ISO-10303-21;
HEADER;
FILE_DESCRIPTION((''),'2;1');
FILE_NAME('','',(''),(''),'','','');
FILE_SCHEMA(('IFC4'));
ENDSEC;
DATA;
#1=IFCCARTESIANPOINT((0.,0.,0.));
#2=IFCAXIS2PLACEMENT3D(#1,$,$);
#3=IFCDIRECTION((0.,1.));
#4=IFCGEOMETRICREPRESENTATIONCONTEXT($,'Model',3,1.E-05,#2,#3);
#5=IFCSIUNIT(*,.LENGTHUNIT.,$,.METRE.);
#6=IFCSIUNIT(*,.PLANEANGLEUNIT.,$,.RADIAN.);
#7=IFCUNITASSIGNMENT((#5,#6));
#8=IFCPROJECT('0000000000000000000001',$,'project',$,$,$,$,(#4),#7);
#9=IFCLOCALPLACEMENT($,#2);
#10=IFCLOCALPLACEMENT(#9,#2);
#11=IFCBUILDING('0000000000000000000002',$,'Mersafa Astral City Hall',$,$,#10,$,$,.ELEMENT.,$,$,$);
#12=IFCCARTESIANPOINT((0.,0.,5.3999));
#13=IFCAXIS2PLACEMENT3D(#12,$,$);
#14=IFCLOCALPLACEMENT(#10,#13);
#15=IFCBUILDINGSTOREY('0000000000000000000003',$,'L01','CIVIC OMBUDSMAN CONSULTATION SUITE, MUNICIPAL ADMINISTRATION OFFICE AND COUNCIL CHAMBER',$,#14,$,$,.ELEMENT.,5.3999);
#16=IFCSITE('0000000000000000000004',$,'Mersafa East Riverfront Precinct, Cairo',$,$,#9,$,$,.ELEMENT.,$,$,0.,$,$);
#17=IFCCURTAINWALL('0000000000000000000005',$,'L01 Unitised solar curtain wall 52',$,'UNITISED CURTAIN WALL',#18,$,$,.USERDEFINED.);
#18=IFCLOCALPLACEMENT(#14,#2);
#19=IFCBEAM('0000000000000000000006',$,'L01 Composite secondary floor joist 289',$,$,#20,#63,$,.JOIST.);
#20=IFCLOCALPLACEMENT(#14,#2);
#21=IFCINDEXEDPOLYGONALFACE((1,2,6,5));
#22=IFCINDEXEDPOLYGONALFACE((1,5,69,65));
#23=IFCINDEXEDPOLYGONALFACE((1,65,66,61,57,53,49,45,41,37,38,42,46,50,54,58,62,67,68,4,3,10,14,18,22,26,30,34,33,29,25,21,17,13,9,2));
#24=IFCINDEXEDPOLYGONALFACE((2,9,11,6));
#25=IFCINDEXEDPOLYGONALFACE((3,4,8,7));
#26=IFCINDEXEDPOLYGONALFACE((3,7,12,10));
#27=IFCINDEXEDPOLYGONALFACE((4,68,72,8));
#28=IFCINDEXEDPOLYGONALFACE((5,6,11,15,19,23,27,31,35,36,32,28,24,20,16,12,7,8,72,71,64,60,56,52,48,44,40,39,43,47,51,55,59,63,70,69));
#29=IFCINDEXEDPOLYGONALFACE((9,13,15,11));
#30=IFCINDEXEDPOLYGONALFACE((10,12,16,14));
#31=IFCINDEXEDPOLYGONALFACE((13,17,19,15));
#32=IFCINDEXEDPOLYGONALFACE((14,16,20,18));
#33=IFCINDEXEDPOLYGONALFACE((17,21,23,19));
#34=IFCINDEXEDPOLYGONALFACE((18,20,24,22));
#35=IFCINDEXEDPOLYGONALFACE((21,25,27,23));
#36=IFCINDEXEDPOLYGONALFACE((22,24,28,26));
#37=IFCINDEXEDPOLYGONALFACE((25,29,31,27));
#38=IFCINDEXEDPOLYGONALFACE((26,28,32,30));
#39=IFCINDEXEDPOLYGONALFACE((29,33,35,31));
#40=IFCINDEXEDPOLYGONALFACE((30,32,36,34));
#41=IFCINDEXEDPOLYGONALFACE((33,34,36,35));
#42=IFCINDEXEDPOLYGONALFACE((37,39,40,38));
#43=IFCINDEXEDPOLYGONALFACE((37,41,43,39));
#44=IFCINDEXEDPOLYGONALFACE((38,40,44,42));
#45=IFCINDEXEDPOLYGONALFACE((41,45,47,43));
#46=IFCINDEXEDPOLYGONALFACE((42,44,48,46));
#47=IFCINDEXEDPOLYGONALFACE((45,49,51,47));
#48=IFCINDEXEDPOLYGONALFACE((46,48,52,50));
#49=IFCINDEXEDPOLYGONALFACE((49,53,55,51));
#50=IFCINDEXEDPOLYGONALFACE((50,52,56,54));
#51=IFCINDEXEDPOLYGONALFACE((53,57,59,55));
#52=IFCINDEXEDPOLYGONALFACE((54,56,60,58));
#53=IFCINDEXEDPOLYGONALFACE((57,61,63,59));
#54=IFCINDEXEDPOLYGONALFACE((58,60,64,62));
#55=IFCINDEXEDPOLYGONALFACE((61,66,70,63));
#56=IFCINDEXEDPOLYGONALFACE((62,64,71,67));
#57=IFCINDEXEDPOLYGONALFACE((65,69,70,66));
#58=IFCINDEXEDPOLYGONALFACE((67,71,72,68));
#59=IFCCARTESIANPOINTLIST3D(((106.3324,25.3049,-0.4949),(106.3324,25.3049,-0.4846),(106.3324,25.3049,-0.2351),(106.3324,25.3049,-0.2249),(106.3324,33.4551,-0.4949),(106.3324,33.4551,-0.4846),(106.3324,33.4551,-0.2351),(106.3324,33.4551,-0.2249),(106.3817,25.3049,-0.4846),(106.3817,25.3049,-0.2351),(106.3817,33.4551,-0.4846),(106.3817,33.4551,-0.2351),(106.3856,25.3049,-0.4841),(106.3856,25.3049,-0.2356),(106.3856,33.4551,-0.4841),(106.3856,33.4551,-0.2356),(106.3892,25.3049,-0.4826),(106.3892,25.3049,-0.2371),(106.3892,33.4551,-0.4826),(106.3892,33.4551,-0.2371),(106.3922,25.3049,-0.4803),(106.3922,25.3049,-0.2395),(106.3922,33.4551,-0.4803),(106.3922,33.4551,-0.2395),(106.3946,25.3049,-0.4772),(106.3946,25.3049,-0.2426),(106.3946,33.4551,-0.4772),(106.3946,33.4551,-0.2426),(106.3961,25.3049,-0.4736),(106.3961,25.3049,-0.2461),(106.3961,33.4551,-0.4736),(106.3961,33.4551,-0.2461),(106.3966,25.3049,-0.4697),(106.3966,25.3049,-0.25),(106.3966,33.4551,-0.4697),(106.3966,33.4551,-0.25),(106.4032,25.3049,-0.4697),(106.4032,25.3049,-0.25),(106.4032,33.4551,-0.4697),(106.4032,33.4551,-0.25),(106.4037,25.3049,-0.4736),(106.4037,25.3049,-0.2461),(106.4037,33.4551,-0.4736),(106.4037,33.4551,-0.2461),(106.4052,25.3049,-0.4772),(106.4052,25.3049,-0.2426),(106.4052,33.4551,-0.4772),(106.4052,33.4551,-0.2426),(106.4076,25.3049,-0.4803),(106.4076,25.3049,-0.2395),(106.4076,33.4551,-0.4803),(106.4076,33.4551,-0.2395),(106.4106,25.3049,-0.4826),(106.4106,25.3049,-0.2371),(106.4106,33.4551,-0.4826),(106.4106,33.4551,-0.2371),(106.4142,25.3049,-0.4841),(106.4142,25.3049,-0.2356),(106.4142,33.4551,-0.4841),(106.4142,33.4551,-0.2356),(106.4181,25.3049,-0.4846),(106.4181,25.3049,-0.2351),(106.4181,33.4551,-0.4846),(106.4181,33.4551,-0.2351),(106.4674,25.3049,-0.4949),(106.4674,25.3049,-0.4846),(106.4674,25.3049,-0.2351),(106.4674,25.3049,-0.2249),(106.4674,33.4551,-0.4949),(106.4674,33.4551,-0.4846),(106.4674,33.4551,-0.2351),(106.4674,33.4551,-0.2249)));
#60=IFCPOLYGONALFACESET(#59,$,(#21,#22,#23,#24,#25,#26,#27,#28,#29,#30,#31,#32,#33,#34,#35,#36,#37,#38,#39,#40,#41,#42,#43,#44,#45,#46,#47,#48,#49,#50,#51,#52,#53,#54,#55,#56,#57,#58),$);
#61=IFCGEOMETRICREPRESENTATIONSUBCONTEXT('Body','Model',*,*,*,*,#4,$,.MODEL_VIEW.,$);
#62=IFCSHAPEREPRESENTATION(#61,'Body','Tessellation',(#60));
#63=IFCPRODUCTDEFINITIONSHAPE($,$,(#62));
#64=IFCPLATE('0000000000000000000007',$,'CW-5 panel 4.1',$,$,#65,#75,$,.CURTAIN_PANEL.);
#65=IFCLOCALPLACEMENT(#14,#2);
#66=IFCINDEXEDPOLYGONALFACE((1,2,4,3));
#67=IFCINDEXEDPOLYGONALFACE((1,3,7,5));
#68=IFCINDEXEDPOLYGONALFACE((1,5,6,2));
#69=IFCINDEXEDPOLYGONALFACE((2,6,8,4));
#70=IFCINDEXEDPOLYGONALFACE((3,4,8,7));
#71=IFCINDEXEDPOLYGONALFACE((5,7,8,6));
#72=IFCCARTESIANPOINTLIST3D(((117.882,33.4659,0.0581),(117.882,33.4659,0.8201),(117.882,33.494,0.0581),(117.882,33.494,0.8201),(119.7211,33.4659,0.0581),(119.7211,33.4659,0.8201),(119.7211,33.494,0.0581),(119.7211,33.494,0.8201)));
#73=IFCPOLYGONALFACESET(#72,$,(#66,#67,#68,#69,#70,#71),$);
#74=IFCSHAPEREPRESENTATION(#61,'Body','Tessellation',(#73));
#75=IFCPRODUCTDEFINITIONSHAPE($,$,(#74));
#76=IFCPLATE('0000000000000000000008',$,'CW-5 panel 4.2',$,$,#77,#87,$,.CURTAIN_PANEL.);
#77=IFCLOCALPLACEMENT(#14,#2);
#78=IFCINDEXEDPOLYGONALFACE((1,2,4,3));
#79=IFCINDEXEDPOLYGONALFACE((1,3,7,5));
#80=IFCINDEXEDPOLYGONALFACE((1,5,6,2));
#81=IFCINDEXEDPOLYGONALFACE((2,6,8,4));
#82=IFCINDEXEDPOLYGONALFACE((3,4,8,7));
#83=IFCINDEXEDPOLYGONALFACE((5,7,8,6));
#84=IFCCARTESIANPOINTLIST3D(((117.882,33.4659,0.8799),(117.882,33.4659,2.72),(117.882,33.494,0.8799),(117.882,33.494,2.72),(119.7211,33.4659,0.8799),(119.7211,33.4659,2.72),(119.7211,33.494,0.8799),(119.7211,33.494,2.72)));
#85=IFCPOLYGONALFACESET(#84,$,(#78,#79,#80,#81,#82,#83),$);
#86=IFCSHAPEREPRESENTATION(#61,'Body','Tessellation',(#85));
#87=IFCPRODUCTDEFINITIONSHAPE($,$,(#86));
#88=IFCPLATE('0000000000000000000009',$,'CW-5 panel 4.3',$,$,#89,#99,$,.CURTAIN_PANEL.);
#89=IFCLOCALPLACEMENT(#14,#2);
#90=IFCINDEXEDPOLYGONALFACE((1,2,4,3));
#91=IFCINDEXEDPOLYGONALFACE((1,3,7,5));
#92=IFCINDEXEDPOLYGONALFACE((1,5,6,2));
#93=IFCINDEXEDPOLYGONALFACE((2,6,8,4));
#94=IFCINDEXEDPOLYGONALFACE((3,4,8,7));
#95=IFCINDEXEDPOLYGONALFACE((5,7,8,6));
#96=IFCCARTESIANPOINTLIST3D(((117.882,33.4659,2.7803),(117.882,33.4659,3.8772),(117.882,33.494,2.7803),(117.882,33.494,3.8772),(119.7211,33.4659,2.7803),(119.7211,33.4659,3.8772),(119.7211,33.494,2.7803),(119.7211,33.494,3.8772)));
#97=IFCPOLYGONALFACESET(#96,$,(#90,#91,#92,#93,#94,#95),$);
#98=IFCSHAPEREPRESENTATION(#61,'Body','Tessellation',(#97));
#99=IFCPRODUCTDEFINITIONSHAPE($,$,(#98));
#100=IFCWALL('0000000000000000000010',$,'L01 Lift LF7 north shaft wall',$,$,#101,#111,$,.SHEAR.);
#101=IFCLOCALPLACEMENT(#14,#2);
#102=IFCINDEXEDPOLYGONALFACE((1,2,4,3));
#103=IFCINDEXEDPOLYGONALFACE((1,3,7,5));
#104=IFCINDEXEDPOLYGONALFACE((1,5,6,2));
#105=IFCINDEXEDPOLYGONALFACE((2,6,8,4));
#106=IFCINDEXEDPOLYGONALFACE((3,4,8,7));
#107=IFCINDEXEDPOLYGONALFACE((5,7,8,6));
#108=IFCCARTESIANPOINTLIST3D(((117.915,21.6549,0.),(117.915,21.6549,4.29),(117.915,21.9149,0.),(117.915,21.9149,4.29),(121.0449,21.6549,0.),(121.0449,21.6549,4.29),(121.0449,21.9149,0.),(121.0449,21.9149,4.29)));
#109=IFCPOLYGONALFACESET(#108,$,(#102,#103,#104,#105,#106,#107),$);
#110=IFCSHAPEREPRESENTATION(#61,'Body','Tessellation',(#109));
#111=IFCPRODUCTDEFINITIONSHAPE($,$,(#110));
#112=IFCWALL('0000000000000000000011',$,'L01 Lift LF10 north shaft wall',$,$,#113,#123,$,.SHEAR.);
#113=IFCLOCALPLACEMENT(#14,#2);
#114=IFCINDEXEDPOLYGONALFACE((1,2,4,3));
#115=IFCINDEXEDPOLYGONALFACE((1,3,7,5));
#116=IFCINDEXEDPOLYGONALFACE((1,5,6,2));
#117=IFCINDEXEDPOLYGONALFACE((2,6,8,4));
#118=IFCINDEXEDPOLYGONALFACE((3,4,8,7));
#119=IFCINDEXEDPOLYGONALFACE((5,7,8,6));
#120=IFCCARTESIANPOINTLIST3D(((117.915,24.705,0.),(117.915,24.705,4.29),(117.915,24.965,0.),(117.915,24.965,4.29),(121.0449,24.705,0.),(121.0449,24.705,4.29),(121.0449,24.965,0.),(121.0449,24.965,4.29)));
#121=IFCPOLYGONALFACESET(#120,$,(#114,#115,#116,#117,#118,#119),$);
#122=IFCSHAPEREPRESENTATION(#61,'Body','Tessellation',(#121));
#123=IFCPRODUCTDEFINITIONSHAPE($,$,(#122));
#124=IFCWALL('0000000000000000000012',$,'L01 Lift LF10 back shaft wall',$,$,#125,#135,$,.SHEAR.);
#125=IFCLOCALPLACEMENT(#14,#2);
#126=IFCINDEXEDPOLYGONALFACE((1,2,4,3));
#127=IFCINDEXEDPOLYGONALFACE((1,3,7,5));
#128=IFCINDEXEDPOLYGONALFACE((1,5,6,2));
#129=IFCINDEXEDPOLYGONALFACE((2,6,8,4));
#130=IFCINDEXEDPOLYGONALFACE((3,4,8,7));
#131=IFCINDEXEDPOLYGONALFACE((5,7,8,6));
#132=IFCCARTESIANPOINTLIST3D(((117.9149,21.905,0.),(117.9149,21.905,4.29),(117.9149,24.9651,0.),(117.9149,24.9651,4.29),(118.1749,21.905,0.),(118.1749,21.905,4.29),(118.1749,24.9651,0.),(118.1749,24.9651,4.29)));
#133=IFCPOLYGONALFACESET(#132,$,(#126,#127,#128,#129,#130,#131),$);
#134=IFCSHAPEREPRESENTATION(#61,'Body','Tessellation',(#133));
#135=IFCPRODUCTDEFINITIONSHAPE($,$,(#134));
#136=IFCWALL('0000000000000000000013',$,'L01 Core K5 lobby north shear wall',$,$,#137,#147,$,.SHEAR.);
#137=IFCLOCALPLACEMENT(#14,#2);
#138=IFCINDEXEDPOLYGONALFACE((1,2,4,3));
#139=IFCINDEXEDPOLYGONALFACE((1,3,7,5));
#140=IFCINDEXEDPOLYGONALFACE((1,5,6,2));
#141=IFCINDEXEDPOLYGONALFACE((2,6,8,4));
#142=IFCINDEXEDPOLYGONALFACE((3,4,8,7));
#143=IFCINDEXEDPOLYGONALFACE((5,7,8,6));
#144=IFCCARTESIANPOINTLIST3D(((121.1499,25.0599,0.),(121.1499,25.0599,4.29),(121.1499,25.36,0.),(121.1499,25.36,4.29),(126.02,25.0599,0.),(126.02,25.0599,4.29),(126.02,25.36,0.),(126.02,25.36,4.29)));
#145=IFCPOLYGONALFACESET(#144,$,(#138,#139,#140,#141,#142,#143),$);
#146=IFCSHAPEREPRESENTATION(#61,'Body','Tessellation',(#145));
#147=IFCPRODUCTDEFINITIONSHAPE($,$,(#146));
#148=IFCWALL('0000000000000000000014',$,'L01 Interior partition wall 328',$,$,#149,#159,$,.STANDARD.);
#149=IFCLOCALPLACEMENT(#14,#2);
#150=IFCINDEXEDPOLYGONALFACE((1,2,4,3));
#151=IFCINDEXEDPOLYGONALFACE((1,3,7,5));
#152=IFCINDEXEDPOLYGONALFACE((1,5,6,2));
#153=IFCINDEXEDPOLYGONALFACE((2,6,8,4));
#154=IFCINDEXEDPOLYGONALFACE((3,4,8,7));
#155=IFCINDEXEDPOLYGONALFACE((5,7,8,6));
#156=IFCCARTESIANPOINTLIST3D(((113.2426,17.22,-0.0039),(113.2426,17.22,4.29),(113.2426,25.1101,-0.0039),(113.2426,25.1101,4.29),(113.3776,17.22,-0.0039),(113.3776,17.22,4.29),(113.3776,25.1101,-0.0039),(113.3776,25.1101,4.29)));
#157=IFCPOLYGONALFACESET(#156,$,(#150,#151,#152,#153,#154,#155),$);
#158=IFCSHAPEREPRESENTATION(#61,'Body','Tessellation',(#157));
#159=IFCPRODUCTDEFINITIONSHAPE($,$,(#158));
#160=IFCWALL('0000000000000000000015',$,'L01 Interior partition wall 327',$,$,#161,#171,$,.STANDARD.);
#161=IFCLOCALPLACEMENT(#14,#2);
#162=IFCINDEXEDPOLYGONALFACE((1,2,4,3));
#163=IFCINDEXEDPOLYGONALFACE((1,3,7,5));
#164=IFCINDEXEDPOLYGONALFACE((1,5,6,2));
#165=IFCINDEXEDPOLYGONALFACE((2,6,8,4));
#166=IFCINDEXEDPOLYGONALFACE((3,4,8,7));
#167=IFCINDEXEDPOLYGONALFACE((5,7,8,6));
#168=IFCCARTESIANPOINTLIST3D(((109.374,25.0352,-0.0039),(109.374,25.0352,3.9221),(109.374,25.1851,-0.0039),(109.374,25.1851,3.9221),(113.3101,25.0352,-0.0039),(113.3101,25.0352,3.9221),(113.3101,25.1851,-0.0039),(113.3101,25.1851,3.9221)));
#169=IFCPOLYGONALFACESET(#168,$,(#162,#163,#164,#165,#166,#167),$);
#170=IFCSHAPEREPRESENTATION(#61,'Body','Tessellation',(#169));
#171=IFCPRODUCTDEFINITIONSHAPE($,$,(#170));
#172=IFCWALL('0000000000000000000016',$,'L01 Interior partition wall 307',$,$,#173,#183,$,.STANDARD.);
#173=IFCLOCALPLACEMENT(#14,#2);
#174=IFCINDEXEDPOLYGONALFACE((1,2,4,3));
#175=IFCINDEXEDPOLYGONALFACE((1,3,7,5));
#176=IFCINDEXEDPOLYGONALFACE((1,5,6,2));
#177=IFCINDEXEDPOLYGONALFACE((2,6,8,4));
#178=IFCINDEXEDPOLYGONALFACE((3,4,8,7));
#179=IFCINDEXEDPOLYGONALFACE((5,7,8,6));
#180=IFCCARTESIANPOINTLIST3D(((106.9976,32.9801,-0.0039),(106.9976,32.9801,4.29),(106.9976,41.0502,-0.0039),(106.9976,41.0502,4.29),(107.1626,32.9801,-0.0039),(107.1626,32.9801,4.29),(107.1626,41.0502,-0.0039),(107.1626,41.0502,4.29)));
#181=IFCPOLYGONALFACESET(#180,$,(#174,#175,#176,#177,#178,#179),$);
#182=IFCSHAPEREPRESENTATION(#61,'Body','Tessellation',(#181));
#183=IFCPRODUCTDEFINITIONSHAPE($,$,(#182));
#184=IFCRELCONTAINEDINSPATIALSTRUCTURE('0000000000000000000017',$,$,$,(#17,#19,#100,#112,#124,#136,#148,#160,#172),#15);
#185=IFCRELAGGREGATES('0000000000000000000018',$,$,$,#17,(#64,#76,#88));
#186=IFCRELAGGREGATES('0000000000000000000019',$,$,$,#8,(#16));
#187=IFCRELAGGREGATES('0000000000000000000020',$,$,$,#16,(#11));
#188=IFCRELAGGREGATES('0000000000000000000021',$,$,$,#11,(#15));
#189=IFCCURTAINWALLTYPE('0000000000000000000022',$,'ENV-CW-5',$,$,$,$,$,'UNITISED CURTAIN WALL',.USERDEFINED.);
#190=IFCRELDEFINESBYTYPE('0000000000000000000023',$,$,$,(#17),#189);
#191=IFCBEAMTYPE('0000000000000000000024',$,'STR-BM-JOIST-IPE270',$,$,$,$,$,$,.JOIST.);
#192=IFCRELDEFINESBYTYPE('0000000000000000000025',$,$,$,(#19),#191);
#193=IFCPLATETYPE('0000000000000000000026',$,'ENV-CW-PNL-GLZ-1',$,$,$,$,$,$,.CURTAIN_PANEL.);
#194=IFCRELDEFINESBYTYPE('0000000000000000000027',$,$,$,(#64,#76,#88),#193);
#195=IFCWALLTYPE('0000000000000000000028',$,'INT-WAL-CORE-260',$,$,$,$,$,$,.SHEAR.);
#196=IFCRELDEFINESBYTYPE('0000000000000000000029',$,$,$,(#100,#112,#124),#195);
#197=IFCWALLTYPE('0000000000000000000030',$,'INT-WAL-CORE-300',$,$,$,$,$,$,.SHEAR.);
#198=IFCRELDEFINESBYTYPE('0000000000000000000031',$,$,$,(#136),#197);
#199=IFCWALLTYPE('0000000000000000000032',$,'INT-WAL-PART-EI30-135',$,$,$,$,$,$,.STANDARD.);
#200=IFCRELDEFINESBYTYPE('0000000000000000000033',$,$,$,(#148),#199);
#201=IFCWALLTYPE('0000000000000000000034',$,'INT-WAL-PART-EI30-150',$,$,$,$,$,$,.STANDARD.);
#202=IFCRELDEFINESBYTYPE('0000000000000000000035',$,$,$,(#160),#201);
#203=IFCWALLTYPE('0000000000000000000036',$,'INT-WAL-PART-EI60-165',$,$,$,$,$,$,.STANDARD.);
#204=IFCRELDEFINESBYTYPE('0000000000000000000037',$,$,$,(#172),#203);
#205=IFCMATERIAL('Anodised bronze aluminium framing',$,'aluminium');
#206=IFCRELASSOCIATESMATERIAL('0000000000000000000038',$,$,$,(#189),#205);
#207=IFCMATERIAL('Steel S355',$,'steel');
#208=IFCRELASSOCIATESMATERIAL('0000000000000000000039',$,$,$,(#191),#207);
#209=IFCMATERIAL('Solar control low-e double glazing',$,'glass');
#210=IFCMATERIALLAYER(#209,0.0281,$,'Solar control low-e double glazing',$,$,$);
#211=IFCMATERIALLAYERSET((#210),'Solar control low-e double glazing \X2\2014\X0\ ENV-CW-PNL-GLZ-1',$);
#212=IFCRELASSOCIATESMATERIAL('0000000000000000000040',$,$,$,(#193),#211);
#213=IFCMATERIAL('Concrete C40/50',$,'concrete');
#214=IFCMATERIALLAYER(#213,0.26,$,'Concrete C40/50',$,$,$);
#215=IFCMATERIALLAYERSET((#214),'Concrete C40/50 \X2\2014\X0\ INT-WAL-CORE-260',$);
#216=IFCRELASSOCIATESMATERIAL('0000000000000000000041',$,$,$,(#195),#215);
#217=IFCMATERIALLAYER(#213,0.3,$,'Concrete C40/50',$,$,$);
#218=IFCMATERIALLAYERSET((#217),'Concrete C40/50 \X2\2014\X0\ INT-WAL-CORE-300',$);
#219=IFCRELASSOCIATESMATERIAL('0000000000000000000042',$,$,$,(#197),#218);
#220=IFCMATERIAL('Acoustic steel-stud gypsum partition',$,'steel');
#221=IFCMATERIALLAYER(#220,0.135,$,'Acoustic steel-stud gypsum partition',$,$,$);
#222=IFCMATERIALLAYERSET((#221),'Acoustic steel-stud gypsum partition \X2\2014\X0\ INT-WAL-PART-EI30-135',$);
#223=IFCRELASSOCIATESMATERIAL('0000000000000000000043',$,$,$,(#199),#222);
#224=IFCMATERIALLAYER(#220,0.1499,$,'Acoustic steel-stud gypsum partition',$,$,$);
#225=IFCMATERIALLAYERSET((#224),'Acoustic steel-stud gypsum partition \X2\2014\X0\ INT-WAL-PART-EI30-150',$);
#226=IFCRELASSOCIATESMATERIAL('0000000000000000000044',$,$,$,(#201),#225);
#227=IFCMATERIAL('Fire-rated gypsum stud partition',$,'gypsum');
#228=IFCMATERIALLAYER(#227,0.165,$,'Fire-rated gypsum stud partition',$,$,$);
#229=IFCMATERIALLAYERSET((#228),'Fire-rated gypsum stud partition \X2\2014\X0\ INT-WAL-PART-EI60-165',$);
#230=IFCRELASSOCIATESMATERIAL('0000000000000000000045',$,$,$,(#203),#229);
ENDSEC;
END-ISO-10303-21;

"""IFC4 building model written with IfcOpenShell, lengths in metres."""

from ifc_helpers import new_model, si_unit, direction, frame, frame_2d, origin, origin_2d, place, context, subcontext, project, spatial, rectangle, i_section, extrude, material, layer, layer_set, material_profile, profile_set, type_object, element, aggregate, save


model = new_model("IFC4")

# Units and contexts
model_context = context("Model", 3, precision=1e-05, world=origin(), true_north=direction((0.0, 1.0)))
body_context = subcontext(model_context, "Body", "Model", "MODEL_VIEW")
ifc_project = project(units=[si_unit("LENGTHUNIT", "METRE"), si_unit("PLANEANGLEUNIT", "RADIAN")], contexts=[model_context])

# Site, building, storey
site_placement = place(None, origin())
site = spatial("IfcSite", under=ifc_project, at=site_placement, Name="Mersafa East Riverfront Precinct, Cairo", CompositionType="ELEMENT", RefElevation=0.0)
building_placement = place(site_placement, origin())
building = spatial("IfcBuilding", under=site, at=building_placement, Name="Mersafa Astral City Hall", CompositionType="ELEMENT")
storey_placement = place(building_placement, frame((0.0, 0.0, 5.3999)))
storey = spatial("IfcBuildingStorey", under=building, at=storey_placement, Name="L01", Description="CIVIC OMBUDSMAN CONSULTATION SUITE, MUNICIPAL ADMINISTRATION OFFICE AND COUNCIL CHAMBER", CompositionType="ELEMENT", Elevation=5.3999)

# Shared definitions
ifc_material_1 = material(Name="Steel S355", Category="steel")

# Curtain wall
ifc_material_2 = material(Name="Anodised bronze aluminium framing", Category="aluminium")
curtain_wall_type = type_object("IfcCurtainWallType", Name="ENV-CW-5", ElementType="UNITISED CURTAIN WALL", PredefinedType="USERDEFINED", material=ifc_material_2)
curtain_wall_placement = place(storey_placement, origin())
curtain_wall = element("IfcCurtainWall", 1, at=curtain_wall_placement, inside=storey, type_object=curtain_wall_type, Name="L01 Unitised solar curtain wall 52", ObjectType="UNITISED CURTAIN WALL", PredefinedType="USERDEFINED")

# Beam
ifc_material_profile_1 = material_profile(ifc_material_1, i_section(OverallWidth=0.135, OverallDepth=0.27, WebThickness=0.0066, FlangeThickness=0.0103, FilletRadius=0.0149, at=origin_2d()), Name="IPE 270")
ifc_profile_set_1 = profile_set([ifc_material_profile_1], Name="Steel S355")
beam_type_1 = type_object("IfcBeamType", Name="STR-BM-JOIST-IPE270", PredefinedType="JOIST", material=ifc_profile_set_1)
beam_1_placement = place(storey_placement, frame((106.3999, 25.3049, -0.3599), z_axis=(0.0, 1.0, 0.0), x_axis=(-1.0, 0.0, 0.0)))
element("IfcBeam", 2, at=beam_1_placement, inside=storey, type_object=beam_type_1, Name="L01 Composite secondary floor joist 289", PredefinedType="JOIST", context=body_context, shape_type="SweptSolid", body=[
    extrude(i_section(OverallWidth=0.135, OverallDepth=0.27, WebThickness=0.0066, FlangeThickness=0.0103, FilletRadius=0.0149, at=origin_2d()), origin(), (0.0, 0.0, 1.0), 8.1501),
])

# Plates
ifc_material_3 = material(Name="Solar control low-e double glazing", Category="glass")
ifc_layer_1 = layer(ifc_material_3, 0.0281, Name="Solar control low-e double glazing")
ifc_layer_set_1 = layer_set([ifc_layer_1], Name="Solar control low-e double glazing — ENV-CW-PNL-GLZ-1")
plate_type = type_object("IfcPlateType", Name="ENV-CW-PNL-GLZ-1", PredefinedType="CURTAIN_PANEL", material=ifc_layer_set_1)
plate_1_placement = place(storey_placement, frame((118.8015, 33.48, 0.0581), z_axis=(0.0, 0.0, 1.0), x_axis=(-1.0, 0.0, 0.0)))
plate_1 = element("IfcPlate", 3, at=plate_1_placement, type_object=plate_type, Name="CW-5 panel 4.1", PredefinedType="CURTAIN_PANEL", context=body_context, shape_type="SweptSolid", body=[
    extrude(rectangle(XDim=1.8391, YDim=0.0281, at=origin_2d()), origin(), (0.0, 0.0, 1.0), 0.762),
])
plate_2_placement = place(storey_placement, frame((118.8015, 33.48, 0.8799), z_axis=(0.0, 0.0, 1.0), x_axis=(-1.0, 0.0, 0.0)))
plate_2 = element("IfcPlate", 4, at=plate_2_placement, type_object=plate_type, Name="CW-5 panel 4.2", PredefinedType="CURTAIN_PANEL", context=body_context, shape_type="SweptSolid", body=[
    extrude(rectangle(XDim=1.8391, YDim=0.0281, at=origin_2d()), origin(), (0.0, 0.0, 1.0), 1.8401),
])
plate_3_placement = place(storey_placement, frame((118.8015, 33.48, 2.7803), z_axis=(0.0, 0.0, 1.0), x_axis=(-1.0, 0.0, 0.0)))
plate_3 = element("IfcPlate", 5, at=plate_3_placement, type_object=plate_type, Name="CW-5 panel 4.3", PredefinedType="CURTAIN_PANEL", context=body_context, shape_type="SweptSolid", body=[
    extrude(rectangle(XDim=1.8391, YDim=0.0281, at=origin_2d()), origin(), (0.0, 0.0, 1.0), 1.0969),
])
aggregate(curtain_wall, [plate_1, plate_2, plate_3])

# Wall
ifc_material_4 = material(Name="Concrete C40/50", Category="concrete")
ifc_layer_2 = layer(ifc_material_4, 0.26, Name="Concrete C40/50")
ifc_layer_set_2 = layer_set([ifc_layer_2], Name="Concrete C40/50 — INT-WAL-CORE-260")
wall_type_1 = type_object("IfcWallType", Name="INT-WAL-CORE-260", PredefinedType="SHEAR", material=ifc_layer_set_2)
wall_1_placement = place(storey_placement, frame((117.915, 21.7849, 0.0), z_axis=(0.0, 0.0, 1.0), x_axis=(1.0, 0.0, 0.0)))
element("IfcWall", 6, at=wall_1_placement, inside=storey, type_object=wall_type_1, Name="L01 Lift LF7 north shaft wall", PredefinedType="SHEAR", context=body_context, shape_type="SweptSolid", body=[
    extrude(rectangle(XDim=3.1299, YDim=0.26, at=frame_2d((1.5649, 0.0))), origin(), (0.0, 0.0, 1.0), 4.29),
])

# Walls
wall_2_placement = place(storey_placement, frame((117.915, 24.835, 0.0), z_axis=(0.0, 0.0, 1.0), x_axis=(1.0, 0.0, 0.0)))
element("IfcWall", 7, at=wall_2_placement, inside=storey, type_object=wall_type_1, Name="L01 Lift LF10 north shaft wall", PredefinedType="SHEAR", context=body_context, shape_type="SweptSolid", body=[
    extrude(rectangle(XDim=3.1299, YDim=0.26, at=frame_2d((1.5649, 0.0))), origin(), (0.0, 0.0, 1.0), 4.29),
])
wall_3_placement = place(storey_placement, frame((118.0449, 21.905, 0.0), z_axis=(0.0, 0.0, 1.0), x_axis=(0.0, 1.0, 0.0)))
element("IfcWall", 8, at=wall_3_placement, inside=storey, type_object=wall_type_1, Name="L01 Lift LF10 back shaft wall", PredefinedType="SHEAR", context=body_context, shape_type="SweptSolid", body=[
    extrude(rectangle(XDim=3.0601, YDim=0.26, at=frame_2d((1.53, 0.0))), origin(), (0.0, 0.0, 1.0), 4.29),
])

# Walls
ifc_layer_3 = layer(ifc_material_4, 0.3, Name="Concrete C40/50")
ifc_layer_set_3 = layer_set([ifc_layer_3], Name="Concrete C40/50 — INT-WAL-CORE-300")
wall_type_2 = type_object("IfcWallType", Name="INT-WAL-CORE-300", PredefinedType="SHEAR", material=ifc_layer_set_3)
wall_4_placement = place(storey_placement, frame((121.1499, 25.21, 0.0), z_axis=(0.0, 0.0, 1.0), x_axis=(1.0, 0.0, 0.0)))
element("IfcWall", 9, at=wall_4_placement, inside=storey, type_object=wall_type_2, Name="L01 Core K5 lobby north shear wall", PredefinedType="SHEAR", context=body_context, shape_type="SweptSolid", body=[
    extrude(rectangle(XDim=4.8701, YDim=0.3, at=frame_2d((2.4351, 0.0))), origin(), (0.0, 0.0, 1.0), 4.29),
])
ifc_material_5 = material(Name="Acoustic steel-stud gypsum partition", Category="steel")
ifc_layer_4 = layer(ifc_material_5, 0.135, Name="Acoustic steel-stud gypsum partition")
ifc_layer_set_4 = layer_set([ifc_layer_4], Name="Acoustic steel-stud gypsum partition — INT-WAL-PART-EI30-135")
wall_type_3 = type_object("IfcWallType", Name="INT-WAL-PART-EI30-135", PredefinedType="STANDARD", material=ifc_layer_set_4)
wall_5_placement = place(storey_placement, frame((113.3101, 25.1101, -0.0039), z_axis=(0.0, 0.0, 1.0), x_axis=(0.0, -1.0, 0.0)))
element("IfcWall", 10, at=wall_5_placement, inside=storey, type_object=wall_type_3, Name="L01 Interior partition wall 328", PredefinedType="STANDARD", context=body_context, shape_type="SweptSolid", body=[
    extrude(rectangle(XDim=7.8901, YDim=0.135, at=frame_2d((3.9451, 0.0))), origin(), (0.0, 0.0, 1.0), 4.2939),
])
ifc_layer_5 = layer(ifc_material_5, 0.1499, Name="Acoustic steel-stud gypsum partition")
ifc_layer_set_5 = layer_set([ifc_layer_5], Name="Acoustic steel-stud gypsum partition — INT-WAL-PART-EI30-150")
wall_type_4 = type_object("IfcWallType", Name="INT-WAL-PART-EI30-150", PredefinedType="STANDARD", material=ifc_layer_set_5)
wall_6_placement = place(storey_placement, frame((109.374, 25.1101, -0.0039), z_axis=(0.0, 0.0, 1.0), x_axis=(1.0, 0.0, 0.0)))
element("IfcWall", 11, at=wall_6_placement, inside=storey, type_object=wall_type_4, Name="L01 Interior partition wall 327", PredefinedType="STANDARD", context=body_context, shape_type="SweptSolid", body=[
    extrude(rectangle(XDim=3.936, YDim=0.1499, at=frame_2d((1.968, 0.0))), origin(), (0.0, 0.0, 1.0), 3.926),
])
ifc_material_6 = material(Name="Fire-rated gypsum stud partition", Category="gypsum")
ifc_layer_6 = layer(ifc_material_6, 0.165, Name="Fire-rated gypsum stud partition")
ifc_layer_set_6 = layer_set([ifc_layer_6], Name="Fire-rated gypsum stud partition — INT-WAL-PART-EI60-165")
wall_type_5 = type_object("IfcWallType", Name="INT-WAL-PART-EI60-165", PredefinedType="STANDARD", material=ifc_layer_set_6)
wall_7_placement = place(storey_placement, frame((107.0801, 32.98, -0.0039), z_axis=(0.0, 0.0, 1.0), x_axis=(0.0, 1.0, 0.0)))
element("IfcWall", 12, at=wall_7_placement, inside=storey, type_object=wall_type_5, Name="L01 Interior partition wall 307", PredefinedType="STANDARD", context=body_context, shape_type="SweptSolid", body=[
    extrude(rectangle(XDim=8.0701, YDim=0.165, at=frame_2d((4.0352, 0.0))), origin(), (0.0, 0.0, 1.0), 4.2939),
])

save(model, "model.ifc")
